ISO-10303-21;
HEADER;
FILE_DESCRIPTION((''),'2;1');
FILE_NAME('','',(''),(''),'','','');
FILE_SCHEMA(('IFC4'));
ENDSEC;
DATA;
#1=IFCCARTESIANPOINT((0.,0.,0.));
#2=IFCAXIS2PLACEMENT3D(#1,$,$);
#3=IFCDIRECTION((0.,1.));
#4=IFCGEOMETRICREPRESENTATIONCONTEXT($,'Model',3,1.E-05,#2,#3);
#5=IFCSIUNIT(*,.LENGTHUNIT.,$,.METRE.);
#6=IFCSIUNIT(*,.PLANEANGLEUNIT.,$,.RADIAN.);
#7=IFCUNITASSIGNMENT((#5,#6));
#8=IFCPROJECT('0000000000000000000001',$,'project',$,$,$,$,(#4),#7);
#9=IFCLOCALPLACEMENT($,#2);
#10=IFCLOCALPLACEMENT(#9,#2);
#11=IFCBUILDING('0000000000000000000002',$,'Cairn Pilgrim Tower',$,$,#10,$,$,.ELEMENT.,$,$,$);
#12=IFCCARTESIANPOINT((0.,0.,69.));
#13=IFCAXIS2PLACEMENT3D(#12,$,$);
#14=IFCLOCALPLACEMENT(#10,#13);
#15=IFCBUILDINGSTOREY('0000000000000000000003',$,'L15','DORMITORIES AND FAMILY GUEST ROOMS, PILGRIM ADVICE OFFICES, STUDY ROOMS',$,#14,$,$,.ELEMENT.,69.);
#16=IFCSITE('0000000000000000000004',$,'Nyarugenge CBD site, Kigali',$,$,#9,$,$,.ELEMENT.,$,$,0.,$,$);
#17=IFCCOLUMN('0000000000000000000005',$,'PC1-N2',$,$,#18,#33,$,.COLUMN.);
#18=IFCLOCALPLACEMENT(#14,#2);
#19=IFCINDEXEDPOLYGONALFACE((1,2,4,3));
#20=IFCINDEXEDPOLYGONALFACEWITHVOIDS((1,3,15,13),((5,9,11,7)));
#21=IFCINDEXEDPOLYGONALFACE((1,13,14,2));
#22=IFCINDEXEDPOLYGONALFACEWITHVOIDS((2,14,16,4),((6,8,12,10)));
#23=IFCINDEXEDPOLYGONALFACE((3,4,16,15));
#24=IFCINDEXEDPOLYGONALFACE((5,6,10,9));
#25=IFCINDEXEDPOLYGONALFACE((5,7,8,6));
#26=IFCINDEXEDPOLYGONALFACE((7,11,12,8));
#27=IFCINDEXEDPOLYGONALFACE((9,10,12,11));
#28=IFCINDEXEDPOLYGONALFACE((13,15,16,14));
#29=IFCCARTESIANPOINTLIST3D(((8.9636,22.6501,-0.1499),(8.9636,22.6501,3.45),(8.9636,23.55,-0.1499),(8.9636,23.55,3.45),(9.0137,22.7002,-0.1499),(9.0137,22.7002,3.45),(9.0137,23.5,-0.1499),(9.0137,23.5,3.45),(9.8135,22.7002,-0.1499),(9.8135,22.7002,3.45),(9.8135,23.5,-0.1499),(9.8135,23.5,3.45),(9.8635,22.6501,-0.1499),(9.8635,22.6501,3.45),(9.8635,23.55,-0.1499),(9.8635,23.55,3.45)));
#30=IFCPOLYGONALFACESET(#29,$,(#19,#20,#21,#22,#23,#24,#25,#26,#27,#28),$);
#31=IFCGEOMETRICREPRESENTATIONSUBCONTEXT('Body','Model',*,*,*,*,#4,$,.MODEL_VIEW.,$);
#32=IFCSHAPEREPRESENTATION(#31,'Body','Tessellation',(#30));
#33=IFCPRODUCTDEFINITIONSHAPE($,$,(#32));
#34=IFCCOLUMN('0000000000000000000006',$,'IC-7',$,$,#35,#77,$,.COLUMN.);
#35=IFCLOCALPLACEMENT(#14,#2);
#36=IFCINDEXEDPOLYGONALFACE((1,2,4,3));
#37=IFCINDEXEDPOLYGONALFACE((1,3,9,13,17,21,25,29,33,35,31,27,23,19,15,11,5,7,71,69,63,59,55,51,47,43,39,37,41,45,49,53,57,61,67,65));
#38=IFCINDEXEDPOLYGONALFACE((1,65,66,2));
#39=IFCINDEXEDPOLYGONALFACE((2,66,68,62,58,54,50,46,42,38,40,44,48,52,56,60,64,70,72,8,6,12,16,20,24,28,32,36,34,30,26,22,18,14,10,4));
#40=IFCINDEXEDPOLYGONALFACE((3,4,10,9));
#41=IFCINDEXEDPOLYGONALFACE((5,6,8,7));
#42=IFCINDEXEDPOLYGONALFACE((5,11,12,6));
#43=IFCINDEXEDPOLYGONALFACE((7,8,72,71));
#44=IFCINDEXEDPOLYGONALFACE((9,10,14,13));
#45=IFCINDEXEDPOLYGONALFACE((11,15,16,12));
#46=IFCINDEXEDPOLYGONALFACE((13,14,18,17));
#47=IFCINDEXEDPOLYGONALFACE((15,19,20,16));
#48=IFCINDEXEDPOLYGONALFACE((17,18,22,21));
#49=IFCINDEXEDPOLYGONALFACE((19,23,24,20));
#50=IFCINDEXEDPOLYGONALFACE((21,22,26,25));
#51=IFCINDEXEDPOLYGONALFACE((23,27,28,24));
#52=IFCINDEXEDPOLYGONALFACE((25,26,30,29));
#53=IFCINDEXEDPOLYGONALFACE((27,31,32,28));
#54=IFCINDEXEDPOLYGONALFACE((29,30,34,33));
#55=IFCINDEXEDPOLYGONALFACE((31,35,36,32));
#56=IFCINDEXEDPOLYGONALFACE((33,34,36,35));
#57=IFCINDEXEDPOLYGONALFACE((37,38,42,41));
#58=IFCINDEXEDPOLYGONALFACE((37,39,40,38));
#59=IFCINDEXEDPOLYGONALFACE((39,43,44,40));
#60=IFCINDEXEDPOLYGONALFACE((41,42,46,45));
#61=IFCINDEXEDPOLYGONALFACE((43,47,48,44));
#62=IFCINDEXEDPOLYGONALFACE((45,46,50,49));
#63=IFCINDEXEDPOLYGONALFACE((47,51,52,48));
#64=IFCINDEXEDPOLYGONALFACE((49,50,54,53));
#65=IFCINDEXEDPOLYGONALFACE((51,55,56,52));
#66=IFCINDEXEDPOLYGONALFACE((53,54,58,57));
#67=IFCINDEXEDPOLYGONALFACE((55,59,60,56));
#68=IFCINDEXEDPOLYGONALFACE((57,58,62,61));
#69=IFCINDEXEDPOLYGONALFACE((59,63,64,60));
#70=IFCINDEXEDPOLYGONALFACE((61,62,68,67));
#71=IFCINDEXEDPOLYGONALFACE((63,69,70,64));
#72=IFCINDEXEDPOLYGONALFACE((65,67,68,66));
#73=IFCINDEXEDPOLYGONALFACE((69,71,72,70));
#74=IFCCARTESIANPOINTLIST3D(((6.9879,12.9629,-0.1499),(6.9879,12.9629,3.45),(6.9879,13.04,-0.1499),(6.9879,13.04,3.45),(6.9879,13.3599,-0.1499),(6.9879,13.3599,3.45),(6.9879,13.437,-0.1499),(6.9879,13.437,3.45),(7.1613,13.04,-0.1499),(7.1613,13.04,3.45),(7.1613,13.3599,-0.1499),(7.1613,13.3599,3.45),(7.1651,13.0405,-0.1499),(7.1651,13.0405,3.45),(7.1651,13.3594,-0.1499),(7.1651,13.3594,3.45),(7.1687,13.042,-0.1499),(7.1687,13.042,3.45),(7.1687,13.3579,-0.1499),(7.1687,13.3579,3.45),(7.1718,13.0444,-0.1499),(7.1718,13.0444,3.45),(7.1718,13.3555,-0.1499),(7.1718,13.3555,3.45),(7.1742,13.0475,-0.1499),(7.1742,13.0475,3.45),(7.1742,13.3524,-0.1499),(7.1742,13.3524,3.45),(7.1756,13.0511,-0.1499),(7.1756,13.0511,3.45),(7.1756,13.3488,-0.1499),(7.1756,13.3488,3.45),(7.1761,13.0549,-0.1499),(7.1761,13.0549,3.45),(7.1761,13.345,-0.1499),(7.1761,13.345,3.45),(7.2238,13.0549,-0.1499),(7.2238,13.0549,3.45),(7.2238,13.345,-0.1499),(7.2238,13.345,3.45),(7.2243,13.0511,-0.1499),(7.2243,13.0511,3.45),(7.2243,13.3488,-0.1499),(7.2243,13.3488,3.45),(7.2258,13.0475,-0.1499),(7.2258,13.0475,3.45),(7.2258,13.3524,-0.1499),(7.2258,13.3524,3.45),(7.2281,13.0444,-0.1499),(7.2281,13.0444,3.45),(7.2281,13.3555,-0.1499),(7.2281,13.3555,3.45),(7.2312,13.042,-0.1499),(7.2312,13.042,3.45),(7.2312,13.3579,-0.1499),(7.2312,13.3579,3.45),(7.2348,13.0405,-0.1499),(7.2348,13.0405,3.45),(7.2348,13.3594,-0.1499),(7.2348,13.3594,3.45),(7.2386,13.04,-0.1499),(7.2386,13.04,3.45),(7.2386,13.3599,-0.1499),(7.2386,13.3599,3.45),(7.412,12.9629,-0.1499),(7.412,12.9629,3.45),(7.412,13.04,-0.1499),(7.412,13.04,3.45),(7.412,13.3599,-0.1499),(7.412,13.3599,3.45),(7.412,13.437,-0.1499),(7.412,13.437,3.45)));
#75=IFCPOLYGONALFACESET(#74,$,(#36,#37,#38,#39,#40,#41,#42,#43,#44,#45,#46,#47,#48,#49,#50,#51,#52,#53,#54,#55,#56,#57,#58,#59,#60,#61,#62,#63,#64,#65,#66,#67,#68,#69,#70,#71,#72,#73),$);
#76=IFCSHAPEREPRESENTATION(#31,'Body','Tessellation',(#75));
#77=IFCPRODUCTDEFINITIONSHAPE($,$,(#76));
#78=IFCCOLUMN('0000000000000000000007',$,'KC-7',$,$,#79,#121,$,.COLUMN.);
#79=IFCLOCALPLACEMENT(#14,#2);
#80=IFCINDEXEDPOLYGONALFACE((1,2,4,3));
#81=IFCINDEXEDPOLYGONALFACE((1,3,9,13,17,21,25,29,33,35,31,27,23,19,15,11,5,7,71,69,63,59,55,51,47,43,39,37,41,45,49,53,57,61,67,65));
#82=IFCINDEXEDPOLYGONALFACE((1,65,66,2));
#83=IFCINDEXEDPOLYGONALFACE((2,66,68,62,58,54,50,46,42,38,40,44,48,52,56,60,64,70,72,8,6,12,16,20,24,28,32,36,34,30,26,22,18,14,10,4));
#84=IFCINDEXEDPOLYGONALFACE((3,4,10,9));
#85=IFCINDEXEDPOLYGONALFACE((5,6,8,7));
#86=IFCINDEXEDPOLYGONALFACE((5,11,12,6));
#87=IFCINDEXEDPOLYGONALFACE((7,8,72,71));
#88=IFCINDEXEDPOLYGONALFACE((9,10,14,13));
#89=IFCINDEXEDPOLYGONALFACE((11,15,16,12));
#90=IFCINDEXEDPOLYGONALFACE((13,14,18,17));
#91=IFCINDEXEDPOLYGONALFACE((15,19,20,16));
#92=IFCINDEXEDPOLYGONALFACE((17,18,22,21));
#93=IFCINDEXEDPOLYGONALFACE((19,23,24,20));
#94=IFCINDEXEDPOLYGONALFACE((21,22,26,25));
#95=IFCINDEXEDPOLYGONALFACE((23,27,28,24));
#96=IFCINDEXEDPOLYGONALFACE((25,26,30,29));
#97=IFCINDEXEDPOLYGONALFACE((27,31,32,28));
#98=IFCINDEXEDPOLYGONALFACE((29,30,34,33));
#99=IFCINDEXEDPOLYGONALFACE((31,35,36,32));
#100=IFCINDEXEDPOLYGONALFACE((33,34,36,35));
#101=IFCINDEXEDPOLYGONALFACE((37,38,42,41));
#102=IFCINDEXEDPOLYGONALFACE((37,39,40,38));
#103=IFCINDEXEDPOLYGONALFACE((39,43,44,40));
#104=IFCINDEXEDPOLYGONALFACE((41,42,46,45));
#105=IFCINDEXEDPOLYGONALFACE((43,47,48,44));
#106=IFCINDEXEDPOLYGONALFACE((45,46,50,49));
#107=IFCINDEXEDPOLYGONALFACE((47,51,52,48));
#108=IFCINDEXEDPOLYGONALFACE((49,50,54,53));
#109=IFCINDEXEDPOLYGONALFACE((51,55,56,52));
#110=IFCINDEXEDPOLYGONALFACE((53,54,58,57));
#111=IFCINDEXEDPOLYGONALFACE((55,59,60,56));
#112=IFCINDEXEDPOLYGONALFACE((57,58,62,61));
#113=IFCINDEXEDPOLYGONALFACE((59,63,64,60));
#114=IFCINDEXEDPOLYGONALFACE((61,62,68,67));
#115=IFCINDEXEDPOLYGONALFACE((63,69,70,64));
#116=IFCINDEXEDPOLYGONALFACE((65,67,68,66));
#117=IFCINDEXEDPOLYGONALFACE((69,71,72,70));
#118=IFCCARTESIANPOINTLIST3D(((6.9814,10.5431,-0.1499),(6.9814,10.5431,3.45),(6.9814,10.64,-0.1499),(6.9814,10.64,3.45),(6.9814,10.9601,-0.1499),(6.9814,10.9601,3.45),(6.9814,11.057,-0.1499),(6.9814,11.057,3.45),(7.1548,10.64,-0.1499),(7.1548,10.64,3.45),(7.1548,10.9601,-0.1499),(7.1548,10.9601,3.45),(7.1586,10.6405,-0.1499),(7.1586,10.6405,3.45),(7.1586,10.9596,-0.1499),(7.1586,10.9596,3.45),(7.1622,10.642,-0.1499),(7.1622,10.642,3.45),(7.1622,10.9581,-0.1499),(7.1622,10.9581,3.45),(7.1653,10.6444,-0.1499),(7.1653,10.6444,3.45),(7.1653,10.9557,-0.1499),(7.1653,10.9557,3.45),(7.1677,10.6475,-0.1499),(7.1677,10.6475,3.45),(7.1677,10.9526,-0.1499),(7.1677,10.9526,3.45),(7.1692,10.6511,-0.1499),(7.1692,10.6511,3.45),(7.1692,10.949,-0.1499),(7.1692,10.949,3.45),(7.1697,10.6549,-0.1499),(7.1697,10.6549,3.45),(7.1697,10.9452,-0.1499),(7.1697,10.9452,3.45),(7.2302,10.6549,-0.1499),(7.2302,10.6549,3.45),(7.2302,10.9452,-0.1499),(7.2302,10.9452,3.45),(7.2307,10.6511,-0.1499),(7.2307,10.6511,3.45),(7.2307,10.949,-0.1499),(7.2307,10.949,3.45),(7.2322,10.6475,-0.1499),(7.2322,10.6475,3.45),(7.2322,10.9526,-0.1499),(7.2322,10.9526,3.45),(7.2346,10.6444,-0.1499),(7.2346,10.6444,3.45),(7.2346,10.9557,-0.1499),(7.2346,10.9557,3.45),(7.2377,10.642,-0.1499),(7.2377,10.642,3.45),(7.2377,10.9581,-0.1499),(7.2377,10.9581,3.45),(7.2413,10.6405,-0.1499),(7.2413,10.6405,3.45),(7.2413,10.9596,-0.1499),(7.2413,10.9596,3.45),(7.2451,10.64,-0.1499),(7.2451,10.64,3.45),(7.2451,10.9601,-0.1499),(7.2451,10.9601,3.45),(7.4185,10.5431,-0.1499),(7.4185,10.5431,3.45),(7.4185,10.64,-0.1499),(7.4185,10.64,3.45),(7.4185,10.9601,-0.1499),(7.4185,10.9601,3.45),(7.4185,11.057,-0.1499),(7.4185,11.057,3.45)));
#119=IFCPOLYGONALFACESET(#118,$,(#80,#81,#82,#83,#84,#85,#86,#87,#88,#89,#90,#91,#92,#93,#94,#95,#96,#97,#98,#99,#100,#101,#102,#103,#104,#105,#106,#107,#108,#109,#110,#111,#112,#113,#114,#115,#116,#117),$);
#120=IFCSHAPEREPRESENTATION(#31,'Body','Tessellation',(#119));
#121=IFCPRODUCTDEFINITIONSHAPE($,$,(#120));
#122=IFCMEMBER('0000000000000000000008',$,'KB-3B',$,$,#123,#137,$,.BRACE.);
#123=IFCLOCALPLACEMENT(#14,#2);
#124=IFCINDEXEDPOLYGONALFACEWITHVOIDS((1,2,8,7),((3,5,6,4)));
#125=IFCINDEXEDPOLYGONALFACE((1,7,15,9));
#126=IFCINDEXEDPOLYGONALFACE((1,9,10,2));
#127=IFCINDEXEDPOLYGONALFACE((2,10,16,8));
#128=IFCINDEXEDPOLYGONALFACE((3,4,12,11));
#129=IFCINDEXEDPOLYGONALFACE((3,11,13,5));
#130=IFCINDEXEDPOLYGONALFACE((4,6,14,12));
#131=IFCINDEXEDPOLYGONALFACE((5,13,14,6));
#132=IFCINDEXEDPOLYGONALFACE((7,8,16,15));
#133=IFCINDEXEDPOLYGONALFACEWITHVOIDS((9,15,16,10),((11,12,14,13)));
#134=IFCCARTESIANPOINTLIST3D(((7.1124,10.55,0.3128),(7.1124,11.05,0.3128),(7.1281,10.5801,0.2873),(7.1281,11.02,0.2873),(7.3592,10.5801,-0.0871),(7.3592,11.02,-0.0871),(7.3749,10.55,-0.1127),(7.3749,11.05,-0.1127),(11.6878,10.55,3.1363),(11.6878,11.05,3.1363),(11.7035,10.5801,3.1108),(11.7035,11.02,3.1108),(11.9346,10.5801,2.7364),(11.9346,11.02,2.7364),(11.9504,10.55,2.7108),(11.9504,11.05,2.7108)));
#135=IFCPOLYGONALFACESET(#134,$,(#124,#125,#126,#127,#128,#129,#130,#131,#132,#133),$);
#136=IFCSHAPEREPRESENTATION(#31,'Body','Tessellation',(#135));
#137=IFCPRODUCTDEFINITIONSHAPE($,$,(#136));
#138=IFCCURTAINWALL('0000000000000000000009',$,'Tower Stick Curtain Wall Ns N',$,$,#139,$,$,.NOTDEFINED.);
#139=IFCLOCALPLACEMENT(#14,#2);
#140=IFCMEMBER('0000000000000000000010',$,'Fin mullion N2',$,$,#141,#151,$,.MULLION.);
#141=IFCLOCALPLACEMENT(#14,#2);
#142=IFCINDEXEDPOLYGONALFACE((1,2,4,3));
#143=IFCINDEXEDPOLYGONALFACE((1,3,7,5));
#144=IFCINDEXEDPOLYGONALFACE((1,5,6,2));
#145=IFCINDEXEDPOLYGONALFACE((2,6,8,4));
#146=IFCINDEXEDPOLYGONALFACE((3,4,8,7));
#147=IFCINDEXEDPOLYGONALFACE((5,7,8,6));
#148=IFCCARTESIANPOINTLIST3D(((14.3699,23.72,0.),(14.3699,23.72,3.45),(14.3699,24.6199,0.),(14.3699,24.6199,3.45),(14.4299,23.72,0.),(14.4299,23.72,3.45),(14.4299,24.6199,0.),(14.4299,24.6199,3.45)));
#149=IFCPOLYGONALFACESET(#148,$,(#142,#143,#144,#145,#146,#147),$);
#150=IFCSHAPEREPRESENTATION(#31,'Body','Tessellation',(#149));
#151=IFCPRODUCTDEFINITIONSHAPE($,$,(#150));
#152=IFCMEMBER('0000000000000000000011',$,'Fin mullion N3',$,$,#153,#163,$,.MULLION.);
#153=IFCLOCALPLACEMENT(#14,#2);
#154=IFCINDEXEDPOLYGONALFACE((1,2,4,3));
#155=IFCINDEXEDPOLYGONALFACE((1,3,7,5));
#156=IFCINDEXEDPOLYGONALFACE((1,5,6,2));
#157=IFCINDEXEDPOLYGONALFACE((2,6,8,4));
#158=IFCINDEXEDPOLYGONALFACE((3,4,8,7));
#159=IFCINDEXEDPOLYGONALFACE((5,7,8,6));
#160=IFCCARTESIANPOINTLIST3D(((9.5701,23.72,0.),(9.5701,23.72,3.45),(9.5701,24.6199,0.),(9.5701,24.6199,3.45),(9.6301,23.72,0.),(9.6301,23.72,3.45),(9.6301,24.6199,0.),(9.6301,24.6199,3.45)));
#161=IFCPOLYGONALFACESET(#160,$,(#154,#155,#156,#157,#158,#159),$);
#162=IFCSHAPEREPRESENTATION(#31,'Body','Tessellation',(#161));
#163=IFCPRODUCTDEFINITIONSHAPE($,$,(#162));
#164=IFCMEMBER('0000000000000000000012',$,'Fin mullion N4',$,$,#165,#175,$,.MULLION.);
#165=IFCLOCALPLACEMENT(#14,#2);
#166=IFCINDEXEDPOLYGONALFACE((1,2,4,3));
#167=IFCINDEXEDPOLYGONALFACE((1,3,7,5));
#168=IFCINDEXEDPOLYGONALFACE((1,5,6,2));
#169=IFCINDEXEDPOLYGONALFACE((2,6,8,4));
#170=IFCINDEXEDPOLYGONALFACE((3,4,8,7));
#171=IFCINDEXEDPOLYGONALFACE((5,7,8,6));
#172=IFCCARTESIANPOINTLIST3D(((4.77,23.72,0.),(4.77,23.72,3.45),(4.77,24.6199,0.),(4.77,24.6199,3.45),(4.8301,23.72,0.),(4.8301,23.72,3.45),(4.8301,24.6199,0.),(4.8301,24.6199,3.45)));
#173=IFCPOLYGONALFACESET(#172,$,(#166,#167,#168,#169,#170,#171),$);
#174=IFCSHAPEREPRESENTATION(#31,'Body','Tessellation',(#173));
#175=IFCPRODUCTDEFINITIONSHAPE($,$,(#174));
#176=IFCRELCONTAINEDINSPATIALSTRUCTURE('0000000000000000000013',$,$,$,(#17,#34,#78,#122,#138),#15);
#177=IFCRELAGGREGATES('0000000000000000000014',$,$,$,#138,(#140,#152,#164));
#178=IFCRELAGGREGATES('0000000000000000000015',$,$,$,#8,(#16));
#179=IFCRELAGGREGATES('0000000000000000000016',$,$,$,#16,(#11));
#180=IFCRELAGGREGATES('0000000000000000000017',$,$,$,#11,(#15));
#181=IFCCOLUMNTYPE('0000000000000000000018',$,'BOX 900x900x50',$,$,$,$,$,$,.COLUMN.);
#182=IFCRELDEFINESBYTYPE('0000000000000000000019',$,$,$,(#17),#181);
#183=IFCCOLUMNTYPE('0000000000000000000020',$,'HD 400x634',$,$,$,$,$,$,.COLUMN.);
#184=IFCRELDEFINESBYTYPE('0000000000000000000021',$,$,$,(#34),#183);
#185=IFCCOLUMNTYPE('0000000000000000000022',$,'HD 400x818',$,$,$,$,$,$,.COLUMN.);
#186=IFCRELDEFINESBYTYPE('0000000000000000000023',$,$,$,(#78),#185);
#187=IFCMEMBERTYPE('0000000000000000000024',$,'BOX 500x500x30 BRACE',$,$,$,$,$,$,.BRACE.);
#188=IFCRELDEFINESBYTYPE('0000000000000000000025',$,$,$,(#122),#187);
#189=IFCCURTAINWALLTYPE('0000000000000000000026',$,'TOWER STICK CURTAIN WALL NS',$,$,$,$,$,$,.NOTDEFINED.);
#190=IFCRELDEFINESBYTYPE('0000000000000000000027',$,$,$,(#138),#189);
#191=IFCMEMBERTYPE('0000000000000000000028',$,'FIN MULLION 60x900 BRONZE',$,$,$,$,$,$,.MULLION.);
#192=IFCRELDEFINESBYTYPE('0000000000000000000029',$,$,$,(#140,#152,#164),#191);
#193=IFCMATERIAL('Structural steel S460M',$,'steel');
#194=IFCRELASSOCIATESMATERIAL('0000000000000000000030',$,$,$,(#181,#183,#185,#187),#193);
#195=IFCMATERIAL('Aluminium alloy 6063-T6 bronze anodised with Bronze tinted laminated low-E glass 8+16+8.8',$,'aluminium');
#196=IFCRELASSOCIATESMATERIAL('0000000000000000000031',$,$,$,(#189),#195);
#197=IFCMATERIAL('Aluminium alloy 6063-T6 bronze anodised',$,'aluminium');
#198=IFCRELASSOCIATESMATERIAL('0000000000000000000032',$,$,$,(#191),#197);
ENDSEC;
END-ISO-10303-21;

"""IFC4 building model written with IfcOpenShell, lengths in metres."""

from ifc_helpers import new_model, si_unit, direction, frame, origin, origin_2d, place, context, subcontext, project, spatial, rectangle, hollow_rectangle, i_section, extrude, material, material_profile, profile_set, type_object, element, aggregate, save


model = new_model("IFC4")

# Units and contexts
model_context = context("Model", 3, precision=1e-05, world=origin(), true_north=direction((0.0, 1.0)))
body_context = subcontext(model_context, "Body", "Model", "MODEL_VIEW")
ifc_project = project(units=[si_unit("LENGTHUNIT", "METRE"), si_unit("PLANEANGLEUNIT", "RADIAN")], contexts=[model_context])

# Site, building, storey
site_placement = place(None, origin())
site = spatial("IfcSite", under=ifc_project, at=site_placement, Name="Nyarugenge CBD site, Kigali", CompositionType="ELEMENT", RefElevation=0.0)
building_placement = place(site_placement, origin())
building = spatial("IfcBuilding", under=site, at=building_placement, Name="Cairn Pilgrim Tower", CompositionType="ELEMENT")
storey_placement = place(building_placement, frame((0.0, 0.0, 69.0)))
storey = spatial("IfcBuildingStorey", under=building, at=storey_placement, Name="L15", Description="DORMITORIES AND FAMILY GUEST ROOMS, PILGRIM ADVICE OFFICES, STUDY ROOMS", CompositionType="ELEMENT", Elevation=69.0)

# Columns
ifc_material_1 = material(Name="Structural steel S460M", Category="steel")
ifc_material_profile_1 = material_profile(ifc_material_1, hollow_rectangle(XDim=0.8999, YDim=0.8999, WallThickness=0.05, at=origin_2d()), Name="BOX 900x900x50")
ifc_profile_set_1 = profile_set([ifc_material_profile_1], Name="Structural steel S460M")
column_type_1 = type_object("IfcColumnType", Name="BOX 900x900x50", PredefinedType="COLUMN", material=ifc_profile_set_1)
column_1_placement = place(storey_placement, frame((9.4136, 23.1001, -0.1499), z_axis=(0.0, 0.0, 1.0), x_axis=(1.0, 0.0, 0.0)))
element("IfcColumn", 1, at=column_1_placement, inside=storey, type_object=column_type_1, Name="PC1-N2", PredefinedType="COLUMN", context=body_context, shape_type="SweptSolid", body=[
    extrude(hollow_rectangle(XDim=0.8999, YDim=0.8999, WallThickness=0.05, at=origin_2d()), origin(), (0.0, 0.0, 1.0), 3.5999),
])
ifc_material_profile_2 = material_profile(ifc_material_1, i_section(OverallWidth=0.4241, OverallDepth=0.4741, WebThickness=0.0476, FlangeThickness=0.0771, FilletRadius=0.0149, at=origin_2d()), Name="HD 400x634")
ifc_profile_set_2 = profile_set([ifc_material_profile_2], Name="Structural steel S460M")
column_type_2 = type_object("IfcColumnType", Name="HD 400x634", PredefinedType="COLUMN", material=ifc_profile_set_2)
column_2_placement = place(storey_placement, frame((7.2, 13.2, -0.1499), z_axis=(0.0, 0.0, 1.0), x_axis=(1.0, 0.0, 0.0)))
element("IfcColumn", 2, at=column_2_placement, inside=storey, type_object=column_type_2, Name="IC-7", PredefinedType="COLUMN", context=body_context, shape_type="SweptSolid", body=[
    extrude(i_section(OverallWidth=0.4241, OverallDepth=0.4741, WebThickness=0.0476, FlangeThickness=0.0771, FilletRadius=0.0149, at=origin_2d()), origin(), (0.0, 0.0, 1.0), 3.5999),
])
ifc_material_profile_3 = material_profile(ifc_material_1, i_section(OverallWidth=0.437, OverallDepth=0.5139, WebThickness=0.0605, FlangeThickness=0.0969, FilletRadius=0.0149, at=origin_2d()), Name="HD 400x818")
ifc_profile_set_3 = profile_set([ifc_material_profile_3], Name="Structural steel S460M")
column_type_3 = type_object("IfcColumnType", Name="HD 400x818", PredefinedType="COLUMN", material=ifc_profile_set_3)
column_3_placement = place(storey_placement, frame((7.2, 10.8, -0.1499), z_axis=(0.0, 0.0, 1.0), x_axis=(1.0, 0.0, 0.0)))
element("IfcColumn", 3, at=column_3_placement, inside=storey, type_object=column_type_3, Name="KC-7", PredefinedType="COLUMN", context=body_context, shape_type="SweptSolid", body=[
    extrude(i_section(OverallWidth=0.437, OverallDepth=0.5139, WebThickness=0.0605, FlangeThickness=0.0969, FilletRadius=0.0149, at=origin_2d()), origin(), (0.0, 0.0, 1.0), 3.5999),
])

# Member
ifc_material_profile_4 = material_profile(ifc_material_1, hollow_rectangle(XDim=0.5, YDim=0.5, WallThickness=0.03, at=origin_2d()), Name="BOX 500x500x30")
ifc_profile_set_4 = profile_set([ifc_material_profile_4], Name="Structural steel S460M")
member_type_1 = type_object("IfcMemberType", Name="BOX 500x500x30 BRACE", PredefinedType="BRACE", material=ifc_profile_set_4)
member_1_placement = place(storey_placement, frame((7.2437, 10.8, 0.1001), z_axis=(0.851008, 0.0, 0.525154), x_axis=(0.0, 1.0, 0.0)))
element("IfcMember", 4, at=member_1_placement, inside=storey, type_object=member_type_1, Name="KB-3B", PredefinedType="BRACE", context=body_context, shape_type="SweptSolid", body=[
    extrude(hollow_rectangle(XDim=0.5, YDim=0.5, WallThickness=0.03, at=origin_2d()), origin(), (0.0, 0.0, 1.0), 5.3765),
])

# Curtain wall, members
ifc_material_2 = material(Name="Aluminium alloy 6063-T6 bronze anodised with Bronze tinted laminated low-E glass 8+16+8.8", Category="aluminium")
curtain_wall_type = type_object("IfcCurtainWallType", Name="TOWER STICK CURTAIN WALL NS", PredefinedType="NOTDEFINED", material=ifc_material_2)
curtain_wall_placement = place(storey_placement, origin())
curtain_wall = element("IfcCurtainWall", 5, at=curtain_wall_placement, inside=storey, type_object=curtain_wall_type, Name="Tower Stick Curtain Wall Ns N", PredefinedType="NOTDEFINED")
ifc_material_3 = material(Name="Aluminium alloy 6063-T6 bronze anodised", Category="aluminium")
ifc_material_profile_5 = material_profile(ifc_material_3, rectangle(XDim=0.8999, YDim=0.0601, at=origin_2d()), Name="FIN MULLION 60x900 BRONZE")
ifc_profile_set_5 = profile_set([ifc_material_profile_5], Name="Aluminium alloy 6063-T6 bronze anodised")
member_type_2 = type_object("IfcMemberType", Name="FIN MULLION 60x900 BRONZE", PredefinedType="MULLION", material=ifc_profile_set_5)
member_2_placement = place(storey_placement, frame((14.3999, 24.1699, 0.0), z_axis=(0.0, 0.0, 1.0), x_axis=(0.0, 1.0, 0.0)))
member_2 = element("IfcMember", 6, at=member_2_placement, type_object=member_type_2, Name="Fin mullion N2", PredefinedType="MULLION", context=body_context, shape_type="SweptSolid", body=[
    extrude(rectangle(XDim=0.8999, YDim=0.0601, at=origin_2d()), origin(), (0.0, 0.0, 1.0), 3.45),
])
member_3_placement = place(storey_placement, frame((9.6001, 24.1699, 0.0), z_axis=(0.0, 0.0, 1.0), x_axis=(0.0, 1.0, 0.0)))
member_3 = element("IfcMember", 7, at=member_3_placement, type_object=member_type_2, Name="Fin mullion N3", PredefinedType="MULLION", context=body_context, shape_type="SweptSolid", body=[
    extrude(rectangle(XDim=0.8999, YDim=0.0601, at=origin_2d()), origin(), (0.0, 0.0, 1.0), 3.45),
])
member_4_placement = place(storey_placement, frame((4.8, 24.1699, 0.0), z_axis=(0.0, 0.0, 1.0), x_axis=(0.0, 1.0, 0.0)))
member_4 = element("IfcMember", 8, at=member_4_placement, type_object=member_type_2, Name="Fin mullion N4", PredefinedType="MULLION", context=body_context, shape_type="SweptSolid", body=[
    extrude(rectangle(XDim=0.8999, YDim=0.0601, at=origin_2d()), origin(), (0.0, 0.0, 1.0), 3.45),
])

aggregate(curtain_wall, [member_2, member_3, member_4])

save(model, "model.ifc")
